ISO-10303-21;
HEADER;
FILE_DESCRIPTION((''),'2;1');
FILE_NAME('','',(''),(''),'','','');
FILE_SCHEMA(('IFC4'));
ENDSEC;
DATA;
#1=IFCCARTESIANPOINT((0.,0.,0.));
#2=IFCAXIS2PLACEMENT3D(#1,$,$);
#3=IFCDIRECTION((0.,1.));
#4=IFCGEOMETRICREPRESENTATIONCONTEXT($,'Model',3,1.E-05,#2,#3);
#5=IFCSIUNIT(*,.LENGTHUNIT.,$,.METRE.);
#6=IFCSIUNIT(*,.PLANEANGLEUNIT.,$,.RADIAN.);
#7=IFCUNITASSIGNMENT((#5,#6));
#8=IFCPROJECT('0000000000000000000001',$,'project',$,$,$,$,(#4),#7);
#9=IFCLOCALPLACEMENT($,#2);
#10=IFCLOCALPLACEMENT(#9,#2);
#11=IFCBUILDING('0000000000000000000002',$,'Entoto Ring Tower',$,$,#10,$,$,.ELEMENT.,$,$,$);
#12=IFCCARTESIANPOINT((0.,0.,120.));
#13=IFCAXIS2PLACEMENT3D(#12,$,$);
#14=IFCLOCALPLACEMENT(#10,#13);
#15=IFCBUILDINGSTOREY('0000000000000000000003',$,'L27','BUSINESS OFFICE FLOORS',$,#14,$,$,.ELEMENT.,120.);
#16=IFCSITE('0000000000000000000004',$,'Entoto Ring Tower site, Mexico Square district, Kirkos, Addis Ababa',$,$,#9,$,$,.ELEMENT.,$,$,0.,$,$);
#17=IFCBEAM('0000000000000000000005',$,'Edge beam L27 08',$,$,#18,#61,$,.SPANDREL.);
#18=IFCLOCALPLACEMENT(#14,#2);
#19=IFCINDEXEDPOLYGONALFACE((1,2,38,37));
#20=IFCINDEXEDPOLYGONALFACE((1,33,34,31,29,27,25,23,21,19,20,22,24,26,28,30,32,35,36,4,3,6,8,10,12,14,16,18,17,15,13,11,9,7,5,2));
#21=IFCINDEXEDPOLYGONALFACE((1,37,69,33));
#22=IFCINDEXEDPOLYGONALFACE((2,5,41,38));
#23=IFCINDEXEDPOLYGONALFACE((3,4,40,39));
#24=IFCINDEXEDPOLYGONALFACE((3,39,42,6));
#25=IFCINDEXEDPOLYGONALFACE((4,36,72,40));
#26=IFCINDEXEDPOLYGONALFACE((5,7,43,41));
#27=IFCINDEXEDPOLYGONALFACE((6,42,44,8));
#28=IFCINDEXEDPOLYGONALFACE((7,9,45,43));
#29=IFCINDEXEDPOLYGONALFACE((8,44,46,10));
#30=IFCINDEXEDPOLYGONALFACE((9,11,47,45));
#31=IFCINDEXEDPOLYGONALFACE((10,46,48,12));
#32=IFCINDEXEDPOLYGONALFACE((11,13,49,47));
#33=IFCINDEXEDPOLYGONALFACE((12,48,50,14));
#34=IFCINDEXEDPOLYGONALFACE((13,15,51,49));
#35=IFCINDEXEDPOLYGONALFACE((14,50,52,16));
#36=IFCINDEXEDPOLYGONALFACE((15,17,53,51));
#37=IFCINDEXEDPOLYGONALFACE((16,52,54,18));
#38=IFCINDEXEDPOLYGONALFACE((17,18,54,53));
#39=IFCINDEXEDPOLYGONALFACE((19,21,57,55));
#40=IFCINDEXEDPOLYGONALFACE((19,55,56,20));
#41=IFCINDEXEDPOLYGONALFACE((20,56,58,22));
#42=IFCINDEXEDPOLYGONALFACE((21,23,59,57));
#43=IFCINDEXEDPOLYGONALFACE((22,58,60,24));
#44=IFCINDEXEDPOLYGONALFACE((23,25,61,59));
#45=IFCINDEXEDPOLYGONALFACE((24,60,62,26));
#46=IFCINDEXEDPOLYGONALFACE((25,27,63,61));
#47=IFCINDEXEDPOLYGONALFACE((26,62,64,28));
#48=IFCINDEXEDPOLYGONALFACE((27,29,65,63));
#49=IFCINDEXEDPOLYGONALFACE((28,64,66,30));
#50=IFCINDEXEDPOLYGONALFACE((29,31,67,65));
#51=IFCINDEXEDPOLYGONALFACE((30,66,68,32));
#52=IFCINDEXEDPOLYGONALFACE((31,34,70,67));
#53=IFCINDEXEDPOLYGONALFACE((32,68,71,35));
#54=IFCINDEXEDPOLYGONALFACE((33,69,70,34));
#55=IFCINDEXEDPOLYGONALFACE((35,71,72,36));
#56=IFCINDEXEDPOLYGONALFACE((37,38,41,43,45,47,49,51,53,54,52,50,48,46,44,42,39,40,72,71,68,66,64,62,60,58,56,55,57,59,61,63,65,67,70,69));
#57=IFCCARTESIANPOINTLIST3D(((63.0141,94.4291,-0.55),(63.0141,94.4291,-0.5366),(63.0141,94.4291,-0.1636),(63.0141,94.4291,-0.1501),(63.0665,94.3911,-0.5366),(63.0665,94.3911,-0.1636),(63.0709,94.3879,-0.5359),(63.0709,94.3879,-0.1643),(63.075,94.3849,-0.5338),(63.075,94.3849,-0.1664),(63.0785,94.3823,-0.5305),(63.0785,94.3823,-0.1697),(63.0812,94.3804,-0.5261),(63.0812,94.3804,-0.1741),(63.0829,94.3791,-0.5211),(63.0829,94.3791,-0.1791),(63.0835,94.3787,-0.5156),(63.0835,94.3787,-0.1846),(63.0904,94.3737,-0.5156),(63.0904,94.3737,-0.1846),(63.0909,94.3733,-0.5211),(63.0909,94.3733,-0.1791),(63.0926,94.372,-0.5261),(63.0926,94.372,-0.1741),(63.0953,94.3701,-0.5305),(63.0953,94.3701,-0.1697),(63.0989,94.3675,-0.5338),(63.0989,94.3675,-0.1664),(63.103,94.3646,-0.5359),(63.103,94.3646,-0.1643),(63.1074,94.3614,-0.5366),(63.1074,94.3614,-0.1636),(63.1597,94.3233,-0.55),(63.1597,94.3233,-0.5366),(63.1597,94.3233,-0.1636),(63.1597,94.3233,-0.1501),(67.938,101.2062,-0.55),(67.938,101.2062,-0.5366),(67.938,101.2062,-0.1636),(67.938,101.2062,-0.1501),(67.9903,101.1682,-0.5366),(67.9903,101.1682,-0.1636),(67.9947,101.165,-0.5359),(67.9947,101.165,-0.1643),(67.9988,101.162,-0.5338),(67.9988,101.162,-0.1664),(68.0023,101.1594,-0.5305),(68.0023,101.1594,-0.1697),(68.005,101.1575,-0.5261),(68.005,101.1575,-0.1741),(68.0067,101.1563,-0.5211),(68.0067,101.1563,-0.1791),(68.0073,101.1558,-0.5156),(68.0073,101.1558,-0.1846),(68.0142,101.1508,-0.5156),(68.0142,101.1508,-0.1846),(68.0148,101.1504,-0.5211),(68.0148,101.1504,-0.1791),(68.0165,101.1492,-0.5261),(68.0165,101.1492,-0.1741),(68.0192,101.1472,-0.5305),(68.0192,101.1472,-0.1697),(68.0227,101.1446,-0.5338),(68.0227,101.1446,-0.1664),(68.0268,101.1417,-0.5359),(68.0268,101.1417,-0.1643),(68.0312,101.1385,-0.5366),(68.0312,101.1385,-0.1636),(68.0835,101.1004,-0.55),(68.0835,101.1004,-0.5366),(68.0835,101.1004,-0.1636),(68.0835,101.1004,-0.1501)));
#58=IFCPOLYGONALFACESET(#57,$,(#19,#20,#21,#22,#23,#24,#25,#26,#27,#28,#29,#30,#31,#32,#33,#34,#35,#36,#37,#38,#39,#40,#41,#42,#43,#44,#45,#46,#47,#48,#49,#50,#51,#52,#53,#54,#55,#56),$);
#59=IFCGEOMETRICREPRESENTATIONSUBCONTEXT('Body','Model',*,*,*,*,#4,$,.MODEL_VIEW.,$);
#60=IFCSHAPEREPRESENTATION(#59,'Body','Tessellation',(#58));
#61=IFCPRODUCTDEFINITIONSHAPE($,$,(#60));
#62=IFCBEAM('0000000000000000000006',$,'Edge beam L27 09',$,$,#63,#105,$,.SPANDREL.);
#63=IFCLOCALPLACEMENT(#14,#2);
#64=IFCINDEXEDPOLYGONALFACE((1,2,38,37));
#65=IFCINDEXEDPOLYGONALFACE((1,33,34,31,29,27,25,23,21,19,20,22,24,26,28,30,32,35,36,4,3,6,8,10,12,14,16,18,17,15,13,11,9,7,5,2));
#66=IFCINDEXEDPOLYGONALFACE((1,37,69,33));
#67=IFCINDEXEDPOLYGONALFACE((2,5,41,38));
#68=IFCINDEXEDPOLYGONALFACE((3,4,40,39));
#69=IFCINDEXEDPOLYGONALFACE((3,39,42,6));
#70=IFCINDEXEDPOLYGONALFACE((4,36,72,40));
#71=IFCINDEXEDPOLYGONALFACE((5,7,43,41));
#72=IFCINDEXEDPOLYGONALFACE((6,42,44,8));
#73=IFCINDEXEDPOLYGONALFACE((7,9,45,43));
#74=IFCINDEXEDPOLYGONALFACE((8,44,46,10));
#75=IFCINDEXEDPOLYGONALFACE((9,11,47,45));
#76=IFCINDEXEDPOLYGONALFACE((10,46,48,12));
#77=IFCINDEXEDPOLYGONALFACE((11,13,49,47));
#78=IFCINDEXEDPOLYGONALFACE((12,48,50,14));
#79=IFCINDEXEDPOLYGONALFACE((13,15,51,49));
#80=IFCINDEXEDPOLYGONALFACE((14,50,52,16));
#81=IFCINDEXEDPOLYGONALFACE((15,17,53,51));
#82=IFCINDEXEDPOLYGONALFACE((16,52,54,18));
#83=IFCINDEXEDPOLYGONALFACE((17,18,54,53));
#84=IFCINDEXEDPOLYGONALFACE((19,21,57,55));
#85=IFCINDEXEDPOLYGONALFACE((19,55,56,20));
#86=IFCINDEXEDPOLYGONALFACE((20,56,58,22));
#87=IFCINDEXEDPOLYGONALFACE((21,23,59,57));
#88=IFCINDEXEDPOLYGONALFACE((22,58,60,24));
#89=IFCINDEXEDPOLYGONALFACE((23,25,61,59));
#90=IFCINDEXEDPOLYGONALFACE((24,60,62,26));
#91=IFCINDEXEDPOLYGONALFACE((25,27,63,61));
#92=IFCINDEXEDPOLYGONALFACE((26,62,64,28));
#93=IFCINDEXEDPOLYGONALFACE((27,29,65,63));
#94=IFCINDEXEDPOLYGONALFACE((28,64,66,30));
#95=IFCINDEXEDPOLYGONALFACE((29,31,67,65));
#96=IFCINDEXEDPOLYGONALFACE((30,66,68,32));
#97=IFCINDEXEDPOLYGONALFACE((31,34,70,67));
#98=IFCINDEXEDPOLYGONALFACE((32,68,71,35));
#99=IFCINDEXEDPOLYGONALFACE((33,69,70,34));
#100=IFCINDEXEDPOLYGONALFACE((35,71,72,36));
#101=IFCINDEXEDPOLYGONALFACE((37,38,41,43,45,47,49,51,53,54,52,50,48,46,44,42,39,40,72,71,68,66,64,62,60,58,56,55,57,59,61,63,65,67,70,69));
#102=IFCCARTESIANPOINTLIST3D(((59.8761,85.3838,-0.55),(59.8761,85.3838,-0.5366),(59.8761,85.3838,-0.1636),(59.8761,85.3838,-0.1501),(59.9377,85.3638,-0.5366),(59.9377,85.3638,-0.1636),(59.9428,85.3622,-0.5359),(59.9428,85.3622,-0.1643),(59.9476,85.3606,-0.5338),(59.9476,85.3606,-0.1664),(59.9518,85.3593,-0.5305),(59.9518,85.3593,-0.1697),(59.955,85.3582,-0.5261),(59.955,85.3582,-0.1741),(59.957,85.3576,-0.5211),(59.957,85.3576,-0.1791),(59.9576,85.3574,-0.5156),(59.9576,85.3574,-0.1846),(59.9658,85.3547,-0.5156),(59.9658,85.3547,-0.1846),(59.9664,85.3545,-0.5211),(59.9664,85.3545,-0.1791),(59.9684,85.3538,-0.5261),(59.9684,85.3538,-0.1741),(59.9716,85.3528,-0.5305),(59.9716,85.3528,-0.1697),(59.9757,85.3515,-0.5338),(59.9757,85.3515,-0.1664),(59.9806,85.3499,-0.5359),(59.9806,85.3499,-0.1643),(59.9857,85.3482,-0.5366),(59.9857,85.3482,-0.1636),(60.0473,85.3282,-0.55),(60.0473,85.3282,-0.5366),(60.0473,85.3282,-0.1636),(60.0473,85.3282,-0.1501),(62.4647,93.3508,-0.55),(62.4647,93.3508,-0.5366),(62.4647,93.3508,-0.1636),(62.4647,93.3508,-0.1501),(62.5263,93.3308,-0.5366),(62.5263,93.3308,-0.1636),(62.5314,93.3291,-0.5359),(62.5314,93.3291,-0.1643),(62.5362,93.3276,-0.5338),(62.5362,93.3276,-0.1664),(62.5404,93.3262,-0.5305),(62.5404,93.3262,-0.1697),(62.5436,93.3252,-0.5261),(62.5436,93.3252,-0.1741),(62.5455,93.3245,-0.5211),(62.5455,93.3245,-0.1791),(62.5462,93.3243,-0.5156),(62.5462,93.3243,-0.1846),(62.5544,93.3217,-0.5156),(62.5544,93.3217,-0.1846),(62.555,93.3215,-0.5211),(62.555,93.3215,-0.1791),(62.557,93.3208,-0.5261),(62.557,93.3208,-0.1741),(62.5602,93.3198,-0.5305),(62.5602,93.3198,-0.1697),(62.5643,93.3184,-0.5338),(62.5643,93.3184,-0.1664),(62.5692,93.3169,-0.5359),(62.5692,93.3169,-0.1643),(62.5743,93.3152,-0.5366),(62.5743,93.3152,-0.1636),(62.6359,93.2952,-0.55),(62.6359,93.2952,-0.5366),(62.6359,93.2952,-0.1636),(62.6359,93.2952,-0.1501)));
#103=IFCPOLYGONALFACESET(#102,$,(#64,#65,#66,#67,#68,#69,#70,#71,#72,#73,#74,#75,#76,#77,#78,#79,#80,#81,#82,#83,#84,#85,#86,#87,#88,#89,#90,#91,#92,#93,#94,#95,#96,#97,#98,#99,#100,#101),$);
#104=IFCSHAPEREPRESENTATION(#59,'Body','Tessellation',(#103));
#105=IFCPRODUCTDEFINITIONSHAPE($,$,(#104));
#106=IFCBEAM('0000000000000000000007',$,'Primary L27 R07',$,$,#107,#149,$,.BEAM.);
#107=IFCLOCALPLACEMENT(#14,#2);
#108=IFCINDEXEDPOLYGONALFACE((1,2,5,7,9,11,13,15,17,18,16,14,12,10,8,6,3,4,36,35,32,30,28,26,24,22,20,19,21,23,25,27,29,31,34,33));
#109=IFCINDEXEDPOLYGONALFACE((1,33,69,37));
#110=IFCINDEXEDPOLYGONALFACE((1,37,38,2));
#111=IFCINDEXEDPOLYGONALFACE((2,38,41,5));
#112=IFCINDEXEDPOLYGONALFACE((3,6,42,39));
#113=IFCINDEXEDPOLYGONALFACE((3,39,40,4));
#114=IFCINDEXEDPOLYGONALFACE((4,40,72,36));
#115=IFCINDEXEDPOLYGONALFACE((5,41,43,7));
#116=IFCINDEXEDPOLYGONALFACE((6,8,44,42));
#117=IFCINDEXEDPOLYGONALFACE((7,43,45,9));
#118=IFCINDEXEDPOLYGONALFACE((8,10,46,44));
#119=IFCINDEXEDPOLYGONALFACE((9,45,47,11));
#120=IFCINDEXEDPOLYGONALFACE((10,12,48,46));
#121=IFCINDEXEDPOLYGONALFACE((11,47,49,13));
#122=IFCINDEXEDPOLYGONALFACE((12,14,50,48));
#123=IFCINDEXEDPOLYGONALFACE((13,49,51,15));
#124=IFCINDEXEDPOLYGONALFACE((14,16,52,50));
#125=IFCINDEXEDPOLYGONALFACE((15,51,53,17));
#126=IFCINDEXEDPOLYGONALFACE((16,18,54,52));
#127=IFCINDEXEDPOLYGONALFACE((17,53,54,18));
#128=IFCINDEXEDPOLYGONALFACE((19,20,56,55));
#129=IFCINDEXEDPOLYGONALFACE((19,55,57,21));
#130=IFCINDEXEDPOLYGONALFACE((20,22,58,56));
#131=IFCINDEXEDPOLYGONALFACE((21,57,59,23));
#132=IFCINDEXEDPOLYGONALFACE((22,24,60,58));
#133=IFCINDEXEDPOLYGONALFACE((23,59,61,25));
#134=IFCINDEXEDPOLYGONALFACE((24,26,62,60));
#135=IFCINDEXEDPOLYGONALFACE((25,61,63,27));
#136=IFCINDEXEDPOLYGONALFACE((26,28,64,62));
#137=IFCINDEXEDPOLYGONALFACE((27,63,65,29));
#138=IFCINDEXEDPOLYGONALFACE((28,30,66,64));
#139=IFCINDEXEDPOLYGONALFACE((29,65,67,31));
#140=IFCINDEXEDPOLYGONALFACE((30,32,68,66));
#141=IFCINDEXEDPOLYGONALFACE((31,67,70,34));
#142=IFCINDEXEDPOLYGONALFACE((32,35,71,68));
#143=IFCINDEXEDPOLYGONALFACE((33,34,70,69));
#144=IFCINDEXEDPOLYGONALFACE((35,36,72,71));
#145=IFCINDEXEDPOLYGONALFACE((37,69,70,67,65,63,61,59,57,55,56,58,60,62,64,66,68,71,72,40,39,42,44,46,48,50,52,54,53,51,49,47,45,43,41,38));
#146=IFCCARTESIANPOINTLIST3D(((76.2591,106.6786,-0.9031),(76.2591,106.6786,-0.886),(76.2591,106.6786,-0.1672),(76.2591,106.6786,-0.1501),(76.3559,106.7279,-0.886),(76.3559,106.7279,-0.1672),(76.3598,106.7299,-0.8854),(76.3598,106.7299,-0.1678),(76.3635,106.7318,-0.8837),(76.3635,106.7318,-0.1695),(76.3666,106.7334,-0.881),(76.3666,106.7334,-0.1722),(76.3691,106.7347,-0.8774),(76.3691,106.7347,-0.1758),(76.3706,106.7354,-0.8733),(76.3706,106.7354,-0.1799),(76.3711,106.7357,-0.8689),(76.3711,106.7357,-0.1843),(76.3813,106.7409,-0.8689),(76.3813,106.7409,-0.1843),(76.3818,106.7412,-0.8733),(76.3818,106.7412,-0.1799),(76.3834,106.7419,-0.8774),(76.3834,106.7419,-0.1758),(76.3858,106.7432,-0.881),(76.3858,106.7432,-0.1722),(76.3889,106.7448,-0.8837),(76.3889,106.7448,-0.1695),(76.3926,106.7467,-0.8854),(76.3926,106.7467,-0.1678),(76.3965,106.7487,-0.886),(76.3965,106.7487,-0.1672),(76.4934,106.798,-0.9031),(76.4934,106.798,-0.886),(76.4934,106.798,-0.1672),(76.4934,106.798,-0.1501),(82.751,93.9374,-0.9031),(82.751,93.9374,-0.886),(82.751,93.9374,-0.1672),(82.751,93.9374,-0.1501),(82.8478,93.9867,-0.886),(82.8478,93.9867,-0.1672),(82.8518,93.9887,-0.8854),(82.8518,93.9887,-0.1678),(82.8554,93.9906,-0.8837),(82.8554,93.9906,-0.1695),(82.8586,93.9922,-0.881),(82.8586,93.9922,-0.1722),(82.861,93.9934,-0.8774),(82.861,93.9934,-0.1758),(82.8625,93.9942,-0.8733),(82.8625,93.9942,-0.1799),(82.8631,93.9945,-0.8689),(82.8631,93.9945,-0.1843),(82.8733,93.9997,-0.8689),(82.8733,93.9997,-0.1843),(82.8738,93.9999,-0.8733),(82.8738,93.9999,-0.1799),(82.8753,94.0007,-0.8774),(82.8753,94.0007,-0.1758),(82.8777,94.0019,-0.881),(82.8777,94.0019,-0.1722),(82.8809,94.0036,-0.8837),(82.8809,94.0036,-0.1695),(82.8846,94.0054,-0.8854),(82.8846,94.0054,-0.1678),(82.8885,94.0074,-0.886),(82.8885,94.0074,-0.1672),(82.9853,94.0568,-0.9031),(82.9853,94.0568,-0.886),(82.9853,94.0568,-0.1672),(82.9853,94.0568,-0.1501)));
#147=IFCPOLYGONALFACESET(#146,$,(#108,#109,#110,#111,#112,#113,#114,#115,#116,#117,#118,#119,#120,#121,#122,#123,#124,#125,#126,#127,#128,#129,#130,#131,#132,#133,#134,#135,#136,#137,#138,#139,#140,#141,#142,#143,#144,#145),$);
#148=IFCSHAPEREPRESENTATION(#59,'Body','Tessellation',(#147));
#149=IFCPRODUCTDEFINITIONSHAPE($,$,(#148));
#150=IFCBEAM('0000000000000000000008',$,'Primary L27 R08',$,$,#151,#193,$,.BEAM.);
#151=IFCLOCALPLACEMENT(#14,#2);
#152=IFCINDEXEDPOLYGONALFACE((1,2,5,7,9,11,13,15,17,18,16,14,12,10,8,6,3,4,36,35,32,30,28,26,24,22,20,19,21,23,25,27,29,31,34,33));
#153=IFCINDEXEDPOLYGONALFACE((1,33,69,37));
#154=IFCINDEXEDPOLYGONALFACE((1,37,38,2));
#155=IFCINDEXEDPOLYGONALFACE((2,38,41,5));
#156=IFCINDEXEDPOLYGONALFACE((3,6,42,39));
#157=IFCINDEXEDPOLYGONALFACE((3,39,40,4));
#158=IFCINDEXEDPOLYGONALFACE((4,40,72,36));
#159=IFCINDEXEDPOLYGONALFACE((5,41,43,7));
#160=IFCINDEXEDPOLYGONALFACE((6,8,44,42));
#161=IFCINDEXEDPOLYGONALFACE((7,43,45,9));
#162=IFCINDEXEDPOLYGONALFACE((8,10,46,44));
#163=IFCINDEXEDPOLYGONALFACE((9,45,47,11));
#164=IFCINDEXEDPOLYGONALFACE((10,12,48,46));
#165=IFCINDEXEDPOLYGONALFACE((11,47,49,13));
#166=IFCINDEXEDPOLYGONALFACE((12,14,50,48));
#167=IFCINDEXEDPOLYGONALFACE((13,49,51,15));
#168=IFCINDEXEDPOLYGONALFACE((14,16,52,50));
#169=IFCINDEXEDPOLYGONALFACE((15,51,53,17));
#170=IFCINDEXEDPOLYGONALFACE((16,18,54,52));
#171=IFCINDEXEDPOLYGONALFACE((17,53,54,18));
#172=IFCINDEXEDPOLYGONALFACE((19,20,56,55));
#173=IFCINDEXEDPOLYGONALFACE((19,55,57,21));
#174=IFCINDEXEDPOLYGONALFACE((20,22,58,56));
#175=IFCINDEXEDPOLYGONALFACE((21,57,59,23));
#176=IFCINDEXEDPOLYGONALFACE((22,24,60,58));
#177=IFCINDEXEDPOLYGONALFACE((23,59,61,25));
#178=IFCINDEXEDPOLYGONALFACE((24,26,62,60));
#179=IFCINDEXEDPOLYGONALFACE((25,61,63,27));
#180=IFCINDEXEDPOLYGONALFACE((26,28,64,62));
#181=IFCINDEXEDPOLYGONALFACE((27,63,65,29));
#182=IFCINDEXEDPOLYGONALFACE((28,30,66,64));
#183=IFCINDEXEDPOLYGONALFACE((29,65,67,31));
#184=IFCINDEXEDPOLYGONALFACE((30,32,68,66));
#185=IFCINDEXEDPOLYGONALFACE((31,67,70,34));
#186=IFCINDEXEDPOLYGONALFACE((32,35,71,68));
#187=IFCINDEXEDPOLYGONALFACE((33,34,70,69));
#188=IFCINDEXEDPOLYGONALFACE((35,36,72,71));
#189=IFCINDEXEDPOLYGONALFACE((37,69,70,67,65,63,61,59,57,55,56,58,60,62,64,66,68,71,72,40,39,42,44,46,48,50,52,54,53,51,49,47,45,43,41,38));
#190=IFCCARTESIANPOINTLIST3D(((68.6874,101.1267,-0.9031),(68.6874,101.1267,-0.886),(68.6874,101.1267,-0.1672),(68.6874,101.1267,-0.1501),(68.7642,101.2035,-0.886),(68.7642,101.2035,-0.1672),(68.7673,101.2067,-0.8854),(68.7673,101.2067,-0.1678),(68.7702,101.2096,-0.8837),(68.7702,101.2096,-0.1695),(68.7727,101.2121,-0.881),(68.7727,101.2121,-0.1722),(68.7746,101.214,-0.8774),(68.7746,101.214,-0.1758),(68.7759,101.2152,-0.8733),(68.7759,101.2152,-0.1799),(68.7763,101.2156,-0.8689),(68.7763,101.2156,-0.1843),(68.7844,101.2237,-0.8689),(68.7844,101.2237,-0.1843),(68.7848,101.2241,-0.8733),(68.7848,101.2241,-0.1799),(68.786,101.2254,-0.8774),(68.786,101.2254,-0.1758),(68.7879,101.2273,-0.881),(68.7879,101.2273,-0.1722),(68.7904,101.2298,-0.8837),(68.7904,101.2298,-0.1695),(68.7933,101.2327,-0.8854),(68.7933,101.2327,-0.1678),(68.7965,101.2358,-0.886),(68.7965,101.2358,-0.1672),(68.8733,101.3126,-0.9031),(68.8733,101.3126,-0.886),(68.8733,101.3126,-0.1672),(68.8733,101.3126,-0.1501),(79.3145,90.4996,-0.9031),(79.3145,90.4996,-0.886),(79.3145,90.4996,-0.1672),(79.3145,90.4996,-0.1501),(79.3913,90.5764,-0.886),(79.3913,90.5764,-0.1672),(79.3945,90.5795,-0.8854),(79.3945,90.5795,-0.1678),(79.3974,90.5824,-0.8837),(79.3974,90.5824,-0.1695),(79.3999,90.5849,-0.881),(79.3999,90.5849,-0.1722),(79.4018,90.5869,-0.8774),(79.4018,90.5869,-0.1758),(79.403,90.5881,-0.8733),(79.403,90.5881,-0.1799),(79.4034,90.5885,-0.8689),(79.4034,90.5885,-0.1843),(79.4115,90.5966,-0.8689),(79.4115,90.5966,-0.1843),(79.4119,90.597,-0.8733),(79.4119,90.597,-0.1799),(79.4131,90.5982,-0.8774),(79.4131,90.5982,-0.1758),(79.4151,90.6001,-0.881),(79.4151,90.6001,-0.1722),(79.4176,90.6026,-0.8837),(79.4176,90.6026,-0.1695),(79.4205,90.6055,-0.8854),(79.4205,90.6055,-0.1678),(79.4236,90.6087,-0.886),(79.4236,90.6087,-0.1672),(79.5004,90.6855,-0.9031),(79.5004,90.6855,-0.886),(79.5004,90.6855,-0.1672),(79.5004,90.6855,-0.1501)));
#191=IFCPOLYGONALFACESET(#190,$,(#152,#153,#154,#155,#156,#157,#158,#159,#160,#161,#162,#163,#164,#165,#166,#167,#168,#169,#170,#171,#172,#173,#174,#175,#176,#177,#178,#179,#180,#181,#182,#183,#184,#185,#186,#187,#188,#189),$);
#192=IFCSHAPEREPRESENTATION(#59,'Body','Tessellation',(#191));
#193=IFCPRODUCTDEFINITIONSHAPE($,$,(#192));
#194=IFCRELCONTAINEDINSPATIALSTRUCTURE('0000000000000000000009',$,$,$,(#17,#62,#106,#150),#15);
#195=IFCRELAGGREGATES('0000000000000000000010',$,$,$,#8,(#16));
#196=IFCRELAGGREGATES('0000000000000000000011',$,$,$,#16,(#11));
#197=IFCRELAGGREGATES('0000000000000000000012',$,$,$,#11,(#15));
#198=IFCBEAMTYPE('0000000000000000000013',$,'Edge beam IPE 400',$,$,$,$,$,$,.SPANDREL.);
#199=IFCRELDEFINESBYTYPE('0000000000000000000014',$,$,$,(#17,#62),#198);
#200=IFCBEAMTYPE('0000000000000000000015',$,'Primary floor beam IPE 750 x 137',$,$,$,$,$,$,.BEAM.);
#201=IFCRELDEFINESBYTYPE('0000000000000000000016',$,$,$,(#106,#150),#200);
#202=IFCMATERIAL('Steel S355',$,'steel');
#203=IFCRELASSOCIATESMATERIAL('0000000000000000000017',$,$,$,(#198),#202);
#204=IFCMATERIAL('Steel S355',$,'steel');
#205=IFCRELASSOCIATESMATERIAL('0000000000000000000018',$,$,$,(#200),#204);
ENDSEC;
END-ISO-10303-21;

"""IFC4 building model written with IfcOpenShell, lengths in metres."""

from ifc_helpers import new_model, si_unit, direction, frame, origin, origin_2d, place, context, subcontext, project, spatial, i_section, extrude, material, material_profile, profile_set, type_object, element, save


model = new_model("IFC4")

# Units and contexts
model_context = context("Model", 3, precision=1e-05, world=origin(), true_north=direction((0.0, 1.0)))
body_context = subcontext(model_context, "Body", "Model", "MODEL_VIEW")
ifc_project = project(units=[si_unit("LENGTHUNIT", "METRE"), si_unit("PLANEANGLEUNIT", "RADIAN")], contexts=[model_context])

# Site, building, storey
site_placement = place(None, origin())
site = spatial("IfcSite", under=ifc_project, at=site_placement, Name="Entoto Ring Tower site, Mexico Square district, Kirkos, Addis Ababa", CompositionType="ELEMENT", RefElevation=0.0)
building_placement = place(site_placement, origin())
building = spatial("IfcBuilding", under=site, at=building_placement, Name="Entoto Ring Tower", CompositionType="ELEMENT")
storey_placement = place(building_placement, frame((0.0, 0.0, 120.0)))
storey = spatial("IfcBuildingStorey", under=building, at=storey_placement, Name="L27", Description="BUSINESS OFFICE FLOORS", CompositionType="ELEMENT", Elevation=120.0)

# Beams
ifc_material_1 = material(Name="Steel S355", Category="steel")
ifc_material_profile_1 = material_profile(ifc_material_1, i_section(OverallWidth=0.1799, OverallDepth=0.3999, WebThickness=0.0085, FlangeThickness=0.0134, FilletRadius=0.021, at=origin_2d()), Name="IPE 400")
ifc_profile_set_1 = profile_set([ifc_material_profile_1], Name="Steel S355")
beam_type_1 = type_object("IfcBeamType", Name="Edge beam IPE 400", PredefinedType="SPANDREL", material=ifc_profile_set_1)
for number, where, z_axis, x_axis, name in (
    (1, (68.0107, 101.1533, -0.3501), (-0.587783, -0.809018, 0.0), (0.809018, -0.587783, 0.0), "Edge beam L27 08"),
    (2, (62.5503, 93.323, -0.3501), (-0.309014, -0.951057, 0.0), (0.951057, -0.309014, 0.0), "Edge beam L27 09"),
):
    element("IfcBeam", number, at=place(storey_placement, frame(where, z_axis=z_axis, x_axis=x_axis)), inside=storey, type_object=beam_type_1, Name=name, PredefinedType="SPANDREL", context=body_context, shape_type="SweptSolid", body=[
        extrude(i_section(OverallWidth=0.1799, OverallDepth=0.3999, WebThickness=0.0085, FlangeThickness=0.0134, FilletRadius=0.021, at=origin_2d()), origin(), (0.0, 0.0, 1.0), 8.377),
    ])
ifc_material_2 = material(Name="Steel S355", Category="steel")
ifc_material_profile_2 = material_profile(ifc_material_2, i_section(OverallWidth=0.2629, OverallDepth=0.7529, WebThickness=0.0115, FlangeThickness=0.0171, FilletRadius=0.0171, at=origin_2d()), Name="IPE 750 x 137")
ifc_profile_set_2 = profile_set([ifc_material_profile_2], Name="Steel S355")
beam_type_2 = type_object("IfcBeamType", Name="Primary floor beam IPE 750 x 137", PredefinedType="BEAM", material=ifc_profile_set_2)
beam_1_placement = place(storey_placement, frame((82.8682, 93.9971, -0.5266), z_axis=(-0.453989, 0.891007, 0.0), x_axis=(-0.891007, -0.453989, 0.0)))
element("IfcBeam", 3, at=beam_1_placement, inside=storey, type_object=beam_type_2, Name="Primary L27 R07", PredefinedType="BEAM", context=body_context, shape_type="SweptSolid", body=[
    extrude(i_section(OverallWidth=0.2629, OverallDepth=0.7529, WebThickness=0.0115, FlangeThickness=0.0171, FilletRadius=0.0171, at=origin_2d()), origin(), (0.0, 0.0, 1.0), 14.2998),
])
beam_2_placement = place(storey_placement, frame((79.4075, 90.5925, -0.5266), z_axis=(-0.707107, 0.707107, 0.0), x_axis=(-0.707107, -0.707107, 0.0)))
element("IfcBeam", 4, at=beam_2_placement, inside=storey, type_object=beam_type_2, Name="Primary L27 R08", PredefinedType="BEAM", context=body_context, shape_type="SweptSolid", body=[
    extrude(i_section(OverallWidth=0.2629, OverallDepth=0.7529, WebThickness=0.0115, FlangeThickness=0.0171, FilletRadius=0.0171, at=origin_2d()), origin(), (0.0, 0.0, 1.0), 15.0291),
])

save(model, "model.ifc")
